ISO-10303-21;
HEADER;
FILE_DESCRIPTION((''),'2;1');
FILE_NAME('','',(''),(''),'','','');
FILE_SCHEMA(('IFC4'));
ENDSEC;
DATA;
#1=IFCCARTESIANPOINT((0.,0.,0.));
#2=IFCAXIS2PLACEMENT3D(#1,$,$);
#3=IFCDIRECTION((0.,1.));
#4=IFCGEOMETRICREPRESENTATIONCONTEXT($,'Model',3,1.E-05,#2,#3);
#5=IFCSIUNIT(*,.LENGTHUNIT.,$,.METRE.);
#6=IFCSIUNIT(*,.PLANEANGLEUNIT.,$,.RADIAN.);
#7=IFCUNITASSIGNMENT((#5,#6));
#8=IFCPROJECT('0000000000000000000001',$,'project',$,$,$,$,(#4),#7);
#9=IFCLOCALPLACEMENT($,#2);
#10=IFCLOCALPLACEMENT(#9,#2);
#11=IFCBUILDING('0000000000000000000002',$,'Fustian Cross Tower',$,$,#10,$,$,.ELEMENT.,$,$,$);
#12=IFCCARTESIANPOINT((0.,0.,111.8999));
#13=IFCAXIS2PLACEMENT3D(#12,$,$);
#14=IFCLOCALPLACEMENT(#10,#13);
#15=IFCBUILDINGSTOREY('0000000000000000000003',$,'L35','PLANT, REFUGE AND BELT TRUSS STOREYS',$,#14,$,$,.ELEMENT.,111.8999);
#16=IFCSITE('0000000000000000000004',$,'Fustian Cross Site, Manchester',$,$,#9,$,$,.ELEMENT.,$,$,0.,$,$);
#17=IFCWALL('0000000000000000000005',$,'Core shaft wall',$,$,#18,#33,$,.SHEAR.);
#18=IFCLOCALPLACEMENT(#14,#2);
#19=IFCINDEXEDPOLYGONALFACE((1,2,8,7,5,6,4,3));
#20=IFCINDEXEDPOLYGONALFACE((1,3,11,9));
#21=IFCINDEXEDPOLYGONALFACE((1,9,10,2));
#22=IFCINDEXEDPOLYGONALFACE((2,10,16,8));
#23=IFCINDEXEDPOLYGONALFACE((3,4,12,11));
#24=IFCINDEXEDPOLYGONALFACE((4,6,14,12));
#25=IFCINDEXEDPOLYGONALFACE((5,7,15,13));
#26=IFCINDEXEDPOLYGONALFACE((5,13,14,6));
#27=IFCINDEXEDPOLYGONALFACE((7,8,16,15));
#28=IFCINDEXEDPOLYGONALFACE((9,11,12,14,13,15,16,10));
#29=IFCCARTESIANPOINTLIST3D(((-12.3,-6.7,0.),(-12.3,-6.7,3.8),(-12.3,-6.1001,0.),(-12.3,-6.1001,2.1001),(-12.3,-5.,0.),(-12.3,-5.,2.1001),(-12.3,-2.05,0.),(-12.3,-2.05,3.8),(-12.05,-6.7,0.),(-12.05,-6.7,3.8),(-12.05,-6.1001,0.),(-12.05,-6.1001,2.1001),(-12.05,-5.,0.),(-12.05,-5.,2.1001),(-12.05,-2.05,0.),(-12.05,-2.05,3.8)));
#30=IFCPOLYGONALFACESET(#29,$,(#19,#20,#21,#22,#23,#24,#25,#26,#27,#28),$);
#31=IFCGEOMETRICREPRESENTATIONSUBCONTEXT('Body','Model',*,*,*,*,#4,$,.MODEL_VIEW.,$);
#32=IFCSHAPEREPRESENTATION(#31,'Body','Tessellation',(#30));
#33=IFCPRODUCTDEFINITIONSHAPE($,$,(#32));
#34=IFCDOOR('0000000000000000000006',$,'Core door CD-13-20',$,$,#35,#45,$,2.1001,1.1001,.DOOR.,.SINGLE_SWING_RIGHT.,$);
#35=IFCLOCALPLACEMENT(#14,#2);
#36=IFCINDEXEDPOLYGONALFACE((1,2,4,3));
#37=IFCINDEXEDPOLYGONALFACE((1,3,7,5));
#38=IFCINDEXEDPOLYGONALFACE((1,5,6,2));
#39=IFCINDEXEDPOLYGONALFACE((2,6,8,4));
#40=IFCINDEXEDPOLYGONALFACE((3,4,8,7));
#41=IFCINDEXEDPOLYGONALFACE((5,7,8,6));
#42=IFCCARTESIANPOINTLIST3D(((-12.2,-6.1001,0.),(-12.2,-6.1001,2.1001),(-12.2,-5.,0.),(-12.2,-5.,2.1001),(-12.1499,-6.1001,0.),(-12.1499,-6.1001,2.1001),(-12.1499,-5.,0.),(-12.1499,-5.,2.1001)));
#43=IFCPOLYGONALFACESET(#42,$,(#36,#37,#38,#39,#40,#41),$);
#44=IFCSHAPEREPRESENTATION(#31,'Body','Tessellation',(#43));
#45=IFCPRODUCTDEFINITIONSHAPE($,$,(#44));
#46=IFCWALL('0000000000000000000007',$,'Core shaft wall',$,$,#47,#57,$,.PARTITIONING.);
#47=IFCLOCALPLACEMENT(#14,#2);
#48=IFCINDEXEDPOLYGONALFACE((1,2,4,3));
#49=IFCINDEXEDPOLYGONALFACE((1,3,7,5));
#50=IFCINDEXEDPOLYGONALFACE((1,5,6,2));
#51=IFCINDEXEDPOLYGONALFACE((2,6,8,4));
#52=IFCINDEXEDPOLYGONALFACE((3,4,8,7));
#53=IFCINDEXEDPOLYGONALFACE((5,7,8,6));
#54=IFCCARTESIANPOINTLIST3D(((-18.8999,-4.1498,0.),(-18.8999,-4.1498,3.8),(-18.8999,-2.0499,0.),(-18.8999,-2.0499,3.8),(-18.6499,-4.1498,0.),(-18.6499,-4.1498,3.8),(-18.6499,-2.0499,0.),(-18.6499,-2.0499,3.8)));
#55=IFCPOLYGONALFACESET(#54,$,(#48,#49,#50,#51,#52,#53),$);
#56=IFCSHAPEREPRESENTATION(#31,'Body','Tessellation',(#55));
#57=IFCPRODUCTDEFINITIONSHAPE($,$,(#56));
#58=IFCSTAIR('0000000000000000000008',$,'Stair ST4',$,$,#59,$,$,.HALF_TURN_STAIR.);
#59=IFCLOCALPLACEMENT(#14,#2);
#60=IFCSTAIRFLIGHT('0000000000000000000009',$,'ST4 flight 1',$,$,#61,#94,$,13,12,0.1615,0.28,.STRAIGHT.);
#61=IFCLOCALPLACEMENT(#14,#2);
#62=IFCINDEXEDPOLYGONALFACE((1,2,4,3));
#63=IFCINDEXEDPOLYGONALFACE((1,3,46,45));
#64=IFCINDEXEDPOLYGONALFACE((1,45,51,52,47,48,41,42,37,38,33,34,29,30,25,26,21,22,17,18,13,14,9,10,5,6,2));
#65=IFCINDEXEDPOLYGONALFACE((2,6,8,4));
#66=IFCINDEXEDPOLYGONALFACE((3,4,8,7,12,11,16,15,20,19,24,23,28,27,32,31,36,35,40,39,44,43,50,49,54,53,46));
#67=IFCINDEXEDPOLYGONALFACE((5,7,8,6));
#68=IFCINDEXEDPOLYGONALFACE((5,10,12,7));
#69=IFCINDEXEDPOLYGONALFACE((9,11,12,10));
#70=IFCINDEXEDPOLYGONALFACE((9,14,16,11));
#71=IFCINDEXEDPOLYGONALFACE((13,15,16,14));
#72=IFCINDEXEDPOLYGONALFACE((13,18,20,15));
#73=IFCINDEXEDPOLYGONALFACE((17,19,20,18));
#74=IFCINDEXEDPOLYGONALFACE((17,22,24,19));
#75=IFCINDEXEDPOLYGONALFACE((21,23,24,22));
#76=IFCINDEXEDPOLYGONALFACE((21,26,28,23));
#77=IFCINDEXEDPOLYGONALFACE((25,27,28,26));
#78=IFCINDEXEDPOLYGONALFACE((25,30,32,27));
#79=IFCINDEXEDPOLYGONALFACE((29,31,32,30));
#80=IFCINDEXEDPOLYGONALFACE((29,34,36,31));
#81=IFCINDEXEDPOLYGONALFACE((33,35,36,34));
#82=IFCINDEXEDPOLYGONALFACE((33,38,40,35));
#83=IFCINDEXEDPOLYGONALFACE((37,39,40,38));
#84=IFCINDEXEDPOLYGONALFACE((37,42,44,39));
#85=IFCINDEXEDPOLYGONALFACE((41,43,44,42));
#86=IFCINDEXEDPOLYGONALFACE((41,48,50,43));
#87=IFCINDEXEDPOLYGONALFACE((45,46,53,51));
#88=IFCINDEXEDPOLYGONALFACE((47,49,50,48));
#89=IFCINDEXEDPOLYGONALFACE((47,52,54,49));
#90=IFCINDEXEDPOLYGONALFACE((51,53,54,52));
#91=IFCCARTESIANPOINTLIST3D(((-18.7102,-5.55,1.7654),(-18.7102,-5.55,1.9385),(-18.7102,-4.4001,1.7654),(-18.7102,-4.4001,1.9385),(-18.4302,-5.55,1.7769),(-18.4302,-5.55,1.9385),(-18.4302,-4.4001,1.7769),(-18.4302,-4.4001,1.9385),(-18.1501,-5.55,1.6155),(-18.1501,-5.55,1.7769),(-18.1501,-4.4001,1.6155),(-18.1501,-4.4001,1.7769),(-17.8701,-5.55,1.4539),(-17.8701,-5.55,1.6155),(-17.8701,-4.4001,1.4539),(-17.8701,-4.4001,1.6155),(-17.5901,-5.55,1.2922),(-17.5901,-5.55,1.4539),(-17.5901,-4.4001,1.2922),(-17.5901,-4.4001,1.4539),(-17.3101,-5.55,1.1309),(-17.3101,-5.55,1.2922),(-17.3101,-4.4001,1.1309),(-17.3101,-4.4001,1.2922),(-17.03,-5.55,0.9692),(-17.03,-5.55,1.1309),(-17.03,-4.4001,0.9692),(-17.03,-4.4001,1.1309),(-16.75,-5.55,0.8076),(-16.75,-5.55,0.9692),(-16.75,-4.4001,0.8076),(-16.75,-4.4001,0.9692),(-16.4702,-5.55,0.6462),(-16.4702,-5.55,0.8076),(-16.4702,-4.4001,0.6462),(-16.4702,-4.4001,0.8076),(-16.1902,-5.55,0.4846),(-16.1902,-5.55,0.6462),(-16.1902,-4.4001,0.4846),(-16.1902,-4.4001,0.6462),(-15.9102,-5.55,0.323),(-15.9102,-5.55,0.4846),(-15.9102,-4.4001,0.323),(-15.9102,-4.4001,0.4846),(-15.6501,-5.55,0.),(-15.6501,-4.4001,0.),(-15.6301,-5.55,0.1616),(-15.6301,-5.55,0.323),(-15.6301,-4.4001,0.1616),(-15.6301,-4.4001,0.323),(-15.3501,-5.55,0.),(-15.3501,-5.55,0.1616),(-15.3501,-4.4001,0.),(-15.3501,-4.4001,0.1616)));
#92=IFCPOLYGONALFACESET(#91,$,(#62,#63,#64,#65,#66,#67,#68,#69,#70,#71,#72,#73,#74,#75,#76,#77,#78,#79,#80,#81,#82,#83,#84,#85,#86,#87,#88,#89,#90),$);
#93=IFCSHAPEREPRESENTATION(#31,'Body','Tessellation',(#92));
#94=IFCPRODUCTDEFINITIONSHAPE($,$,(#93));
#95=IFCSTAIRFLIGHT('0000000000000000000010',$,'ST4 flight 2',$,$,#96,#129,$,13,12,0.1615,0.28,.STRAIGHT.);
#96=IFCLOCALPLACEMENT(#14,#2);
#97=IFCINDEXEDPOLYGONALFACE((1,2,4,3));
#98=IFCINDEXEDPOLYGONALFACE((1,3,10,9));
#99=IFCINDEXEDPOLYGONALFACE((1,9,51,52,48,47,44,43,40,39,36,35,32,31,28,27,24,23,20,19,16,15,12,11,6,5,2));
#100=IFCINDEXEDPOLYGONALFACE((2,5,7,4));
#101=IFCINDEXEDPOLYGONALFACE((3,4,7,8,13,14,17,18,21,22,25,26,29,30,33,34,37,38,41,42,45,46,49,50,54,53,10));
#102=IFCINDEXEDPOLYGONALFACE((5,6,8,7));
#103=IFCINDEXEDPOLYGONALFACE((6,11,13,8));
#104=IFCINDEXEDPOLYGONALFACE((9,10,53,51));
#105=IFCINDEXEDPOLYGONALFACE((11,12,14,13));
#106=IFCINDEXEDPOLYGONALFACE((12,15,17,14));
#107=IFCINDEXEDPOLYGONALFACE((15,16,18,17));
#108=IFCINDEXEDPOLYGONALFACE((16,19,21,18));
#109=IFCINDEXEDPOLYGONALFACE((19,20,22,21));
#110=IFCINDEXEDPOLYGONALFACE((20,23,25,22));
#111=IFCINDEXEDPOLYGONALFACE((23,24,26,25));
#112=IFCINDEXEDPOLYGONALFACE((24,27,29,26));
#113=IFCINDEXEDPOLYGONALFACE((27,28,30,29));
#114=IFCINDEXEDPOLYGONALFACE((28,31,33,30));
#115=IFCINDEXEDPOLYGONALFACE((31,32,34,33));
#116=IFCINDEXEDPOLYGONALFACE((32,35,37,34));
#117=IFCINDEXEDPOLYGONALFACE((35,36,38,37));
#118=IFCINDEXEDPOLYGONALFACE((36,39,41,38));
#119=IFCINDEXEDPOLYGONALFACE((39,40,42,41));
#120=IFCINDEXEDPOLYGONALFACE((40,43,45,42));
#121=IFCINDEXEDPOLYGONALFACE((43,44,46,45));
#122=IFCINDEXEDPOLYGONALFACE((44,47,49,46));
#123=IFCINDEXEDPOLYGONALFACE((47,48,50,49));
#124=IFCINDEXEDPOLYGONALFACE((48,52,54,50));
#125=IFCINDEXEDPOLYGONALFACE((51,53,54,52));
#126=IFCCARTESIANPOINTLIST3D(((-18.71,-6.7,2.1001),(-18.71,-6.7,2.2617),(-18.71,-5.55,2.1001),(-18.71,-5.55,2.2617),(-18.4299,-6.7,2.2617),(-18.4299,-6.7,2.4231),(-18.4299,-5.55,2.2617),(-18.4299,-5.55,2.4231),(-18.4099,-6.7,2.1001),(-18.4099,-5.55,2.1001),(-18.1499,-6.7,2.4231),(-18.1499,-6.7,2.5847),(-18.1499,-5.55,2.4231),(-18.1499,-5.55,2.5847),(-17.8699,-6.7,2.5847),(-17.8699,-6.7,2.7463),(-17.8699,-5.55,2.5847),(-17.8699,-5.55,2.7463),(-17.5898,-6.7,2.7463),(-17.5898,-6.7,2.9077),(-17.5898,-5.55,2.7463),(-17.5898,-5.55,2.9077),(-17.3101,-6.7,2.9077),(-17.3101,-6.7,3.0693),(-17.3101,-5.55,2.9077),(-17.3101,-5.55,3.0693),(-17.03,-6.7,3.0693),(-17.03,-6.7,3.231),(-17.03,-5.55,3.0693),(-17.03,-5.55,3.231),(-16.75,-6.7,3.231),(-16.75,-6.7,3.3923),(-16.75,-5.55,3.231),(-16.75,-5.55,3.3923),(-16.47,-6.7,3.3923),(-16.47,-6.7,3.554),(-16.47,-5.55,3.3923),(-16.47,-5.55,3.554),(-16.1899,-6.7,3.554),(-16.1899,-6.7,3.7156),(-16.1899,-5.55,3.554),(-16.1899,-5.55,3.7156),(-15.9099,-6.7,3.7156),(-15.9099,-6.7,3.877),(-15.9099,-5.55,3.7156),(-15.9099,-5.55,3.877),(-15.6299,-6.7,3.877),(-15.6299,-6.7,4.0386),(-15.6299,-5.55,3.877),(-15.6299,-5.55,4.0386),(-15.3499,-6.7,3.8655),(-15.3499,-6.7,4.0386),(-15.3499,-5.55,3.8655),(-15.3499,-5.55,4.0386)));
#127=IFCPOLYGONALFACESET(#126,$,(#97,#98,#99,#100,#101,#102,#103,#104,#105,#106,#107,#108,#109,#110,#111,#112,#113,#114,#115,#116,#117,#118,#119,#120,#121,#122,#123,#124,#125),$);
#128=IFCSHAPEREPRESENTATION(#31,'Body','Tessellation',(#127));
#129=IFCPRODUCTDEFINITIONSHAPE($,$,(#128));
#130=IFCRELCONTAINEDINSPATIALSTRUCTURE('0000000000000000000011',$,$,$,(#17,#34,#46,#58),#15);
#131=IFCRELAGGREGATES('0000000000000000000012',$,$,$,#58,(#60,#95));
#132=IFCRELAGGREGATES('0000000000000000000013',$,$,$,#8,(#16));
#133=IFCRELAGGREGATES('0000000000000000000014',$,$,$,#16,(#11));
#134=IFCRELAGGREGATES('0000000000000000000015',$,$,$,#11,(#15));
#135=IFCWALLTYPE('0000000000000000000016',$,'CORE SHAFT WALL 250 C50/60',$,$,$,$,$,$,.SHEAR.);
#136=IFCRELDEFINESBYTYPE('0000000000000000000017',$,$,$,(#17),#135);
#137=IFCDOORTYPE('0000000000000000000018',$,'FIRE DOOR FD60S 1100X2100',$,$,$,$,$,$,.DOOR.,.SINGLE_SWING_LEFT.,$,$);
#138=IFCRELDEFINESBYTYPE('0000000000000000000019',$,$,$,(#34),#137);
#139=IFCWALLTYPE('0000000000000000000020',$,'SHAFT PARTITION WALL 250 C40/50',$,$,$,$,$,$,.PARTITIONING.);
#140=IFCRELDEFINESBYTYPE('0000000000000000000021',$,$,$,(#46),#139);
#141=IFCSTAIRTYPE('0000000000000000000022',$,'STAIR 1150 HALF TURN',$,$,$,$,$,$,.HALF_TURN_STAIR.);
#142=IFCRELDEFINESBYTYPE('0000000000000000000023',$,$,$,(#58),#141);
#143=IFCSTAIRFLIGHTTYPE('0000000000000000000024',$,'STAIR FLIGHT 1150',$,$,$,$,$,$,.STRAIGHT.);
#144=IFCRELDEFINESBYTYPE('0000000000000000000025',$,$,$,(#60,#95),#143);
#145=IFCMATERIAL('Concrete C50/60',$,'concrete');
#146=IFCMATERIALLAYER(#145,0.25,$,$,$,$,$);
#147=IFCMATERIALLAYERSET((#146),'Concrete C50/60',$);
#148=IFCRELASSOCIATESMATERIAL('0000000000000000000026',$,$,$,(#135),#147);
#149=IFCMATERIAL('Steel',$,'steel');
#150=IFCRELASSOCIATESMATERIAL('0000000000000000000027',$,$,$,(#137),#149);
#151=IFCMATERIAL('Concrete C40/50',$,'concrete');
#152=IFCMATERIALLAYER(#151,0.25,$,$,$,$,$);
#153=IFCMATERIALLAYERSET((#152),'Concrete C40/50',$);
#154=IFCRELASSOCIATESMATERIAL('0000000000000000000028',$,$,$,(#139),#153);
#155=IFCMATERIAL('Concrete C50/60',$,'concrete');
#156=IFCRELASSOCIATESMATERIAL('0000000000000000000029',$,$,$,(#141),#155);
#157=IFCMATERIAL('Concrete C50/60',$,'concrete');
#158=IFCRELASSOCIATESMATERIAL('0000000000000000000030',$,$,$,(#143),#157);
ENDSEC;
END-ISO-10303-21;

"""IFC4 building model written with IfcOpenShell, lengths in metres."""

from ifc_helpers import new_model, si_unit, direction, frame, frame_2d, origin, place, context, subcontext, project, spatial, polyline, rectangle, outline, extrude, material, layer, layer_set, type_object, element, fill, aggregate, save


model = new_model("IFC4")

# Units and contexts
model_context = context("Model", 3, precision=1e-05, world=origin(), true_north=direction((0.0, 1.0)))
body_context = subcontext(model_context, "Body", "Model", "MODEL_VIEW")
ifc_project = project(units=[si_unit("LENGTHUNIT", "METRE"), si_unit("PLANEANGLEUNIT", "RADIAN")], contexts=[model_context])

# Site, building, storey
site_placement = place(None, origin())
site = spatial("IfcSite", under=ifc_project, at=site_placement, Name="Fustian Cross Site, Manchester", CompositionType="ELEMENT", RefElevation=0.0)
building_placement = place(site_placement, origin())
building = spatial("IfcBuilding", under=site, at=building_placement, Name="Fustian Cross Tower", CompositionType="ELEMENT")
storey_placement = place(building_placement, frame((0.0, 0.0, 111.8999)))
storey = spatial("IfcBuildingStorey", under=building, at=storey_placement, Name="L35", Description="PLANT, REFUGE AND BELT TRUSS STOREYS", CompositionType="ELEMENT", Elevation=111.8999)

# Shared definitions
ifc_material_1 = material(Name="Concrete C50/60", Category="concrete")
ifc_layer_1 = layer(ifc_material_1, 0.25)
ifc_layer_set_1 = layer_set([ifc_layer_1], Name="Concrete C50/60")
wall_type_1 = type_object("IfcWallType", Name="CORE SHAFT WALL 250 C50/60", PredefinedType="SHEAR", material=ifc_layer_set_1)

# Wall, opening, door
wall_1_placement = place(storey_placement, frame((-12.175, -2.05, 0.0), z_axis=(0.0, 0.0, 1.0), x_axis=(0.0, -1.0, 0.0)))
wall_1 = element("IfcWall", 1, at=wall_1_placement, inside=storey, type_object=wall_type_1, Name="Core shaft wall", PredefinedType="SHEAR", context=body_context, shape_type="SweptSolid", body=[
    extrude(rectangle(XDim=4.6499, YDim=0.25, at=frame_2d((2.325, 0.0))), origin(), (0.0, 0.0, 1.0), 3.8),
])
opening_1_placement = place(wall_1_placement, frame((2.95, 0.0, 0.0)))
opening_1 = element("IfcOpeningElement", 2, at=opening_1_placement, cuts=wall_1, PredefinedType="OPENING", context=body_context, shape_type="SweptSolid", body=[
    extrude(rectangle(XDim=1.1001, YDim=2.1001, at=frame_2d((0.55, 1.05))), frame((0.0, 0.135, 0.0), z_axis=(0.0, -1.0, 0.0), x_axis=(1.0, 0.0, 0.0)), (0.0, 0.0, 1.0), 0.27),
])
ifc_material_2 = material(Name="Steel", Category="steel")
door_type_1 = type_object("IfcDoorType", Name="FIRE DOOR FD60S 1100X2100", OperationType="SINGLE_SWING_LEFT", PredefinedType="DOOR", material=ifc_material_2)
door_1_placement = place(opening_1_placement, frame((1.1001, 0.0, 0.0), z_axis=(0.0, 0.0, 1.0), x_axis=(-1.0, 0.0, 0.0)))
door_1 = element("IfcDoor", 3, at=door_1_placement, inside=storey, type_object=door_type_1, Name="Core door CD-13-20", OperationType="SINGLE_SWING_RIGHT", OverallHeight=2.1001, OverallWidth=1.1001, PredefinedType="DOOR", context=body_context, shape_type="SweptSolid", body=[
    extrude(rectangle(XDim=1.1001, YDim=2.1001, at=frame_2d((0.55, 1.05))), frame((0.0, 0.0249, 0.0), z_axis=(0.0, -1.0, 0.0), x_axis=(1.0, 0.0, 0.0)), (0.0, 0.0, 1.0), 0.05),
])
fill(opening_1, door_1)

# Wall
ifc_material_3 = material(Name="Concrete C40/50", Category="concrete")
ifc_layer_2 = layer(ifc_material_3, 0.25)
ifc_layer_set_2 = layer_set([ifc_layer_2], Name="Concrete C40/50")
wall_type_2 = type_object("IfcWallType", Name="SHAFT PARTITION WALL 250 C40/50", PredefinedType="PARTITIONING", material=ifc_layer_set_2)
wall_2_placement = place(storey_placement, frame((-18.7749, -2.05, 0.0), z_axis=(0.0, 0.0, 1.0), x_axis=(0.0, -1.0, 0.0)))
element("IfcWall", 4, at=wall_2_placement, inside=storey, type_object=wall_type_2, Name="Core shaft wall", PredefinedType="PARTITIONING", context=body_context, shape_type="SweptSolid", body=[
    extrude(rectangle(XDim=2.0999, YDim=0.25, at=frame_2d((1.0498, 0.0))), origin(), (0.0, 0.0, 1.0), 3.8),
])

# Stair, stair flights
ifc_material_4 = material(Name="Concrete C50/60", Category="concrete")
stair_type = type_object("IfcStairType", Name="STAIR 1150 HALF TURN", PredefinedType="HALF_TURN_STAIR", material=ifc_material_4)
stair_placement = place(storey_placement, origin())
stair = element("IfcStair", 5, at=stair_placement, inside=storey, type_object=stair_type, Name="Stair ST4", PredefinedType="HALF_TURN_STAIR")
ifc_material_5 = material(Name="Concrete C50/60", Category="concrete")
stair_flight_type = type_object("IfcStairFlightType", Name="STAIR FLIGHT 1150", PredefinedType="STRAIGHT", material=ifc_material_5)
stair_flight_1_placement = place(storey_placement, frame((-15.3501, -4.9751, 0.0), z_axis=(0.0, 0.0, 1.0), x_axis=(-1.0, 0.0, 0.0)))
stair_flight_1 = element("IfcStairFlight", 6, at=stair_flight_1_placement, type_object=stair_flight_type, Name="ST4 flight 1", NumberOfRisers=13, NumberOfTreads=12, PredefinedType="STRAIGHT", RiserHeight=0.1615, TreadLength=0.28, context=body_context, shape_type="SweptSolid", body=[
    extrude(outline(polyline([(0.0, 0.0), (0.0, 0.1616), (0.28, 0.1616), (0.28, 0.323), (0.5601, 0.323), (0.5601, 0.4846), (0.8401, 0.4846), (0.8401, 0.6462), (1.1201, 0.6462), (1.1201, 0.8076), (1.3999, 0.8076), (1.3999, 0.9692), (1.6799, 0.9692), (1.6799, 1.1309), (1.96, 1.1309), (1.96, 1.2922), (2.24, 1.2922), (2.24, 1.4539), (2.52, 1.4539), (2.52, 1.6155), (2.8, 1.6155), (2.8, 1.7769), (3.0801, 1.7769), (3.0801, 1.9385), (3.3601, 1.9385), (3.3601, 2.1001), (3.3601, 1.7654), (0.3, 0.0), (0.0, 0.0)])), frame((0.0, 0.575, 0.0), z_axis=(0.0, -1.0, 0.0), x_axis=(1.0, 0.0, 0.0)), (0.0, 0.0, 1.0), 1.1499),
])
stair_flight_2_placement = place(storey_placement, frame((-18.71, -6.125, 2.1001), z_axis=(0.0, 0.0, 1.0), x_axis=(1.0, 0.0, 0.0)))
stair_flight_2 = element("IfcStairFlight", 7, at=stair_flight_2_placement, type_object=stair_flight_type, Name="ST4 flight 2", NumberOfRisers=13, NumberOfTreads=12, PredefinedType="STRAIGHT", RiserHeight=0.1615, TreadLength=0.28, context=body_context, shape_type="SweptSolid", body=[
    extrude(outline(polyline([(0.0, 0.0), (0.0, 0.1616), (0.28, 0.1616), (0.28, 0.323), (0.5601, 0.323), (0.5601, 0.4846), (0.8401, 0.4846), (0.8401, 0.6462), (1.1201, 0.6462), (1.1201, 0.8076), (1.3999, 0.8076), (1.3999, 0.9692), (1.6799, 0.9692), (1.6799, 1.1309), (1.96, 1.1309), (1.96, 1.2922), (2.24, 1.2922), (2.24, 1.4539), (2.52, 1.4539), (2.52, 1.6155), (2.8, 1.6155), (2.8, 1.7769), (3.0801, 1.7769), (3.0801, 1.9385), (3.3601, 1.9385), (3.3601, 2.1001), (3.3601, 1.7654), (0.3, 0.0), (0.0, 0.0)])), frame((0.0, 0.575, 0.0), z_axis=(0.0, -1.0, 0.0), x_axis=(1.0, 0.0, 0.0)), (0.0, 0.0, 1.0), 1.1499),
])
aggregate(stair, [stair_flight_1, stair_flight_2])

save(model, "model.ifc")
